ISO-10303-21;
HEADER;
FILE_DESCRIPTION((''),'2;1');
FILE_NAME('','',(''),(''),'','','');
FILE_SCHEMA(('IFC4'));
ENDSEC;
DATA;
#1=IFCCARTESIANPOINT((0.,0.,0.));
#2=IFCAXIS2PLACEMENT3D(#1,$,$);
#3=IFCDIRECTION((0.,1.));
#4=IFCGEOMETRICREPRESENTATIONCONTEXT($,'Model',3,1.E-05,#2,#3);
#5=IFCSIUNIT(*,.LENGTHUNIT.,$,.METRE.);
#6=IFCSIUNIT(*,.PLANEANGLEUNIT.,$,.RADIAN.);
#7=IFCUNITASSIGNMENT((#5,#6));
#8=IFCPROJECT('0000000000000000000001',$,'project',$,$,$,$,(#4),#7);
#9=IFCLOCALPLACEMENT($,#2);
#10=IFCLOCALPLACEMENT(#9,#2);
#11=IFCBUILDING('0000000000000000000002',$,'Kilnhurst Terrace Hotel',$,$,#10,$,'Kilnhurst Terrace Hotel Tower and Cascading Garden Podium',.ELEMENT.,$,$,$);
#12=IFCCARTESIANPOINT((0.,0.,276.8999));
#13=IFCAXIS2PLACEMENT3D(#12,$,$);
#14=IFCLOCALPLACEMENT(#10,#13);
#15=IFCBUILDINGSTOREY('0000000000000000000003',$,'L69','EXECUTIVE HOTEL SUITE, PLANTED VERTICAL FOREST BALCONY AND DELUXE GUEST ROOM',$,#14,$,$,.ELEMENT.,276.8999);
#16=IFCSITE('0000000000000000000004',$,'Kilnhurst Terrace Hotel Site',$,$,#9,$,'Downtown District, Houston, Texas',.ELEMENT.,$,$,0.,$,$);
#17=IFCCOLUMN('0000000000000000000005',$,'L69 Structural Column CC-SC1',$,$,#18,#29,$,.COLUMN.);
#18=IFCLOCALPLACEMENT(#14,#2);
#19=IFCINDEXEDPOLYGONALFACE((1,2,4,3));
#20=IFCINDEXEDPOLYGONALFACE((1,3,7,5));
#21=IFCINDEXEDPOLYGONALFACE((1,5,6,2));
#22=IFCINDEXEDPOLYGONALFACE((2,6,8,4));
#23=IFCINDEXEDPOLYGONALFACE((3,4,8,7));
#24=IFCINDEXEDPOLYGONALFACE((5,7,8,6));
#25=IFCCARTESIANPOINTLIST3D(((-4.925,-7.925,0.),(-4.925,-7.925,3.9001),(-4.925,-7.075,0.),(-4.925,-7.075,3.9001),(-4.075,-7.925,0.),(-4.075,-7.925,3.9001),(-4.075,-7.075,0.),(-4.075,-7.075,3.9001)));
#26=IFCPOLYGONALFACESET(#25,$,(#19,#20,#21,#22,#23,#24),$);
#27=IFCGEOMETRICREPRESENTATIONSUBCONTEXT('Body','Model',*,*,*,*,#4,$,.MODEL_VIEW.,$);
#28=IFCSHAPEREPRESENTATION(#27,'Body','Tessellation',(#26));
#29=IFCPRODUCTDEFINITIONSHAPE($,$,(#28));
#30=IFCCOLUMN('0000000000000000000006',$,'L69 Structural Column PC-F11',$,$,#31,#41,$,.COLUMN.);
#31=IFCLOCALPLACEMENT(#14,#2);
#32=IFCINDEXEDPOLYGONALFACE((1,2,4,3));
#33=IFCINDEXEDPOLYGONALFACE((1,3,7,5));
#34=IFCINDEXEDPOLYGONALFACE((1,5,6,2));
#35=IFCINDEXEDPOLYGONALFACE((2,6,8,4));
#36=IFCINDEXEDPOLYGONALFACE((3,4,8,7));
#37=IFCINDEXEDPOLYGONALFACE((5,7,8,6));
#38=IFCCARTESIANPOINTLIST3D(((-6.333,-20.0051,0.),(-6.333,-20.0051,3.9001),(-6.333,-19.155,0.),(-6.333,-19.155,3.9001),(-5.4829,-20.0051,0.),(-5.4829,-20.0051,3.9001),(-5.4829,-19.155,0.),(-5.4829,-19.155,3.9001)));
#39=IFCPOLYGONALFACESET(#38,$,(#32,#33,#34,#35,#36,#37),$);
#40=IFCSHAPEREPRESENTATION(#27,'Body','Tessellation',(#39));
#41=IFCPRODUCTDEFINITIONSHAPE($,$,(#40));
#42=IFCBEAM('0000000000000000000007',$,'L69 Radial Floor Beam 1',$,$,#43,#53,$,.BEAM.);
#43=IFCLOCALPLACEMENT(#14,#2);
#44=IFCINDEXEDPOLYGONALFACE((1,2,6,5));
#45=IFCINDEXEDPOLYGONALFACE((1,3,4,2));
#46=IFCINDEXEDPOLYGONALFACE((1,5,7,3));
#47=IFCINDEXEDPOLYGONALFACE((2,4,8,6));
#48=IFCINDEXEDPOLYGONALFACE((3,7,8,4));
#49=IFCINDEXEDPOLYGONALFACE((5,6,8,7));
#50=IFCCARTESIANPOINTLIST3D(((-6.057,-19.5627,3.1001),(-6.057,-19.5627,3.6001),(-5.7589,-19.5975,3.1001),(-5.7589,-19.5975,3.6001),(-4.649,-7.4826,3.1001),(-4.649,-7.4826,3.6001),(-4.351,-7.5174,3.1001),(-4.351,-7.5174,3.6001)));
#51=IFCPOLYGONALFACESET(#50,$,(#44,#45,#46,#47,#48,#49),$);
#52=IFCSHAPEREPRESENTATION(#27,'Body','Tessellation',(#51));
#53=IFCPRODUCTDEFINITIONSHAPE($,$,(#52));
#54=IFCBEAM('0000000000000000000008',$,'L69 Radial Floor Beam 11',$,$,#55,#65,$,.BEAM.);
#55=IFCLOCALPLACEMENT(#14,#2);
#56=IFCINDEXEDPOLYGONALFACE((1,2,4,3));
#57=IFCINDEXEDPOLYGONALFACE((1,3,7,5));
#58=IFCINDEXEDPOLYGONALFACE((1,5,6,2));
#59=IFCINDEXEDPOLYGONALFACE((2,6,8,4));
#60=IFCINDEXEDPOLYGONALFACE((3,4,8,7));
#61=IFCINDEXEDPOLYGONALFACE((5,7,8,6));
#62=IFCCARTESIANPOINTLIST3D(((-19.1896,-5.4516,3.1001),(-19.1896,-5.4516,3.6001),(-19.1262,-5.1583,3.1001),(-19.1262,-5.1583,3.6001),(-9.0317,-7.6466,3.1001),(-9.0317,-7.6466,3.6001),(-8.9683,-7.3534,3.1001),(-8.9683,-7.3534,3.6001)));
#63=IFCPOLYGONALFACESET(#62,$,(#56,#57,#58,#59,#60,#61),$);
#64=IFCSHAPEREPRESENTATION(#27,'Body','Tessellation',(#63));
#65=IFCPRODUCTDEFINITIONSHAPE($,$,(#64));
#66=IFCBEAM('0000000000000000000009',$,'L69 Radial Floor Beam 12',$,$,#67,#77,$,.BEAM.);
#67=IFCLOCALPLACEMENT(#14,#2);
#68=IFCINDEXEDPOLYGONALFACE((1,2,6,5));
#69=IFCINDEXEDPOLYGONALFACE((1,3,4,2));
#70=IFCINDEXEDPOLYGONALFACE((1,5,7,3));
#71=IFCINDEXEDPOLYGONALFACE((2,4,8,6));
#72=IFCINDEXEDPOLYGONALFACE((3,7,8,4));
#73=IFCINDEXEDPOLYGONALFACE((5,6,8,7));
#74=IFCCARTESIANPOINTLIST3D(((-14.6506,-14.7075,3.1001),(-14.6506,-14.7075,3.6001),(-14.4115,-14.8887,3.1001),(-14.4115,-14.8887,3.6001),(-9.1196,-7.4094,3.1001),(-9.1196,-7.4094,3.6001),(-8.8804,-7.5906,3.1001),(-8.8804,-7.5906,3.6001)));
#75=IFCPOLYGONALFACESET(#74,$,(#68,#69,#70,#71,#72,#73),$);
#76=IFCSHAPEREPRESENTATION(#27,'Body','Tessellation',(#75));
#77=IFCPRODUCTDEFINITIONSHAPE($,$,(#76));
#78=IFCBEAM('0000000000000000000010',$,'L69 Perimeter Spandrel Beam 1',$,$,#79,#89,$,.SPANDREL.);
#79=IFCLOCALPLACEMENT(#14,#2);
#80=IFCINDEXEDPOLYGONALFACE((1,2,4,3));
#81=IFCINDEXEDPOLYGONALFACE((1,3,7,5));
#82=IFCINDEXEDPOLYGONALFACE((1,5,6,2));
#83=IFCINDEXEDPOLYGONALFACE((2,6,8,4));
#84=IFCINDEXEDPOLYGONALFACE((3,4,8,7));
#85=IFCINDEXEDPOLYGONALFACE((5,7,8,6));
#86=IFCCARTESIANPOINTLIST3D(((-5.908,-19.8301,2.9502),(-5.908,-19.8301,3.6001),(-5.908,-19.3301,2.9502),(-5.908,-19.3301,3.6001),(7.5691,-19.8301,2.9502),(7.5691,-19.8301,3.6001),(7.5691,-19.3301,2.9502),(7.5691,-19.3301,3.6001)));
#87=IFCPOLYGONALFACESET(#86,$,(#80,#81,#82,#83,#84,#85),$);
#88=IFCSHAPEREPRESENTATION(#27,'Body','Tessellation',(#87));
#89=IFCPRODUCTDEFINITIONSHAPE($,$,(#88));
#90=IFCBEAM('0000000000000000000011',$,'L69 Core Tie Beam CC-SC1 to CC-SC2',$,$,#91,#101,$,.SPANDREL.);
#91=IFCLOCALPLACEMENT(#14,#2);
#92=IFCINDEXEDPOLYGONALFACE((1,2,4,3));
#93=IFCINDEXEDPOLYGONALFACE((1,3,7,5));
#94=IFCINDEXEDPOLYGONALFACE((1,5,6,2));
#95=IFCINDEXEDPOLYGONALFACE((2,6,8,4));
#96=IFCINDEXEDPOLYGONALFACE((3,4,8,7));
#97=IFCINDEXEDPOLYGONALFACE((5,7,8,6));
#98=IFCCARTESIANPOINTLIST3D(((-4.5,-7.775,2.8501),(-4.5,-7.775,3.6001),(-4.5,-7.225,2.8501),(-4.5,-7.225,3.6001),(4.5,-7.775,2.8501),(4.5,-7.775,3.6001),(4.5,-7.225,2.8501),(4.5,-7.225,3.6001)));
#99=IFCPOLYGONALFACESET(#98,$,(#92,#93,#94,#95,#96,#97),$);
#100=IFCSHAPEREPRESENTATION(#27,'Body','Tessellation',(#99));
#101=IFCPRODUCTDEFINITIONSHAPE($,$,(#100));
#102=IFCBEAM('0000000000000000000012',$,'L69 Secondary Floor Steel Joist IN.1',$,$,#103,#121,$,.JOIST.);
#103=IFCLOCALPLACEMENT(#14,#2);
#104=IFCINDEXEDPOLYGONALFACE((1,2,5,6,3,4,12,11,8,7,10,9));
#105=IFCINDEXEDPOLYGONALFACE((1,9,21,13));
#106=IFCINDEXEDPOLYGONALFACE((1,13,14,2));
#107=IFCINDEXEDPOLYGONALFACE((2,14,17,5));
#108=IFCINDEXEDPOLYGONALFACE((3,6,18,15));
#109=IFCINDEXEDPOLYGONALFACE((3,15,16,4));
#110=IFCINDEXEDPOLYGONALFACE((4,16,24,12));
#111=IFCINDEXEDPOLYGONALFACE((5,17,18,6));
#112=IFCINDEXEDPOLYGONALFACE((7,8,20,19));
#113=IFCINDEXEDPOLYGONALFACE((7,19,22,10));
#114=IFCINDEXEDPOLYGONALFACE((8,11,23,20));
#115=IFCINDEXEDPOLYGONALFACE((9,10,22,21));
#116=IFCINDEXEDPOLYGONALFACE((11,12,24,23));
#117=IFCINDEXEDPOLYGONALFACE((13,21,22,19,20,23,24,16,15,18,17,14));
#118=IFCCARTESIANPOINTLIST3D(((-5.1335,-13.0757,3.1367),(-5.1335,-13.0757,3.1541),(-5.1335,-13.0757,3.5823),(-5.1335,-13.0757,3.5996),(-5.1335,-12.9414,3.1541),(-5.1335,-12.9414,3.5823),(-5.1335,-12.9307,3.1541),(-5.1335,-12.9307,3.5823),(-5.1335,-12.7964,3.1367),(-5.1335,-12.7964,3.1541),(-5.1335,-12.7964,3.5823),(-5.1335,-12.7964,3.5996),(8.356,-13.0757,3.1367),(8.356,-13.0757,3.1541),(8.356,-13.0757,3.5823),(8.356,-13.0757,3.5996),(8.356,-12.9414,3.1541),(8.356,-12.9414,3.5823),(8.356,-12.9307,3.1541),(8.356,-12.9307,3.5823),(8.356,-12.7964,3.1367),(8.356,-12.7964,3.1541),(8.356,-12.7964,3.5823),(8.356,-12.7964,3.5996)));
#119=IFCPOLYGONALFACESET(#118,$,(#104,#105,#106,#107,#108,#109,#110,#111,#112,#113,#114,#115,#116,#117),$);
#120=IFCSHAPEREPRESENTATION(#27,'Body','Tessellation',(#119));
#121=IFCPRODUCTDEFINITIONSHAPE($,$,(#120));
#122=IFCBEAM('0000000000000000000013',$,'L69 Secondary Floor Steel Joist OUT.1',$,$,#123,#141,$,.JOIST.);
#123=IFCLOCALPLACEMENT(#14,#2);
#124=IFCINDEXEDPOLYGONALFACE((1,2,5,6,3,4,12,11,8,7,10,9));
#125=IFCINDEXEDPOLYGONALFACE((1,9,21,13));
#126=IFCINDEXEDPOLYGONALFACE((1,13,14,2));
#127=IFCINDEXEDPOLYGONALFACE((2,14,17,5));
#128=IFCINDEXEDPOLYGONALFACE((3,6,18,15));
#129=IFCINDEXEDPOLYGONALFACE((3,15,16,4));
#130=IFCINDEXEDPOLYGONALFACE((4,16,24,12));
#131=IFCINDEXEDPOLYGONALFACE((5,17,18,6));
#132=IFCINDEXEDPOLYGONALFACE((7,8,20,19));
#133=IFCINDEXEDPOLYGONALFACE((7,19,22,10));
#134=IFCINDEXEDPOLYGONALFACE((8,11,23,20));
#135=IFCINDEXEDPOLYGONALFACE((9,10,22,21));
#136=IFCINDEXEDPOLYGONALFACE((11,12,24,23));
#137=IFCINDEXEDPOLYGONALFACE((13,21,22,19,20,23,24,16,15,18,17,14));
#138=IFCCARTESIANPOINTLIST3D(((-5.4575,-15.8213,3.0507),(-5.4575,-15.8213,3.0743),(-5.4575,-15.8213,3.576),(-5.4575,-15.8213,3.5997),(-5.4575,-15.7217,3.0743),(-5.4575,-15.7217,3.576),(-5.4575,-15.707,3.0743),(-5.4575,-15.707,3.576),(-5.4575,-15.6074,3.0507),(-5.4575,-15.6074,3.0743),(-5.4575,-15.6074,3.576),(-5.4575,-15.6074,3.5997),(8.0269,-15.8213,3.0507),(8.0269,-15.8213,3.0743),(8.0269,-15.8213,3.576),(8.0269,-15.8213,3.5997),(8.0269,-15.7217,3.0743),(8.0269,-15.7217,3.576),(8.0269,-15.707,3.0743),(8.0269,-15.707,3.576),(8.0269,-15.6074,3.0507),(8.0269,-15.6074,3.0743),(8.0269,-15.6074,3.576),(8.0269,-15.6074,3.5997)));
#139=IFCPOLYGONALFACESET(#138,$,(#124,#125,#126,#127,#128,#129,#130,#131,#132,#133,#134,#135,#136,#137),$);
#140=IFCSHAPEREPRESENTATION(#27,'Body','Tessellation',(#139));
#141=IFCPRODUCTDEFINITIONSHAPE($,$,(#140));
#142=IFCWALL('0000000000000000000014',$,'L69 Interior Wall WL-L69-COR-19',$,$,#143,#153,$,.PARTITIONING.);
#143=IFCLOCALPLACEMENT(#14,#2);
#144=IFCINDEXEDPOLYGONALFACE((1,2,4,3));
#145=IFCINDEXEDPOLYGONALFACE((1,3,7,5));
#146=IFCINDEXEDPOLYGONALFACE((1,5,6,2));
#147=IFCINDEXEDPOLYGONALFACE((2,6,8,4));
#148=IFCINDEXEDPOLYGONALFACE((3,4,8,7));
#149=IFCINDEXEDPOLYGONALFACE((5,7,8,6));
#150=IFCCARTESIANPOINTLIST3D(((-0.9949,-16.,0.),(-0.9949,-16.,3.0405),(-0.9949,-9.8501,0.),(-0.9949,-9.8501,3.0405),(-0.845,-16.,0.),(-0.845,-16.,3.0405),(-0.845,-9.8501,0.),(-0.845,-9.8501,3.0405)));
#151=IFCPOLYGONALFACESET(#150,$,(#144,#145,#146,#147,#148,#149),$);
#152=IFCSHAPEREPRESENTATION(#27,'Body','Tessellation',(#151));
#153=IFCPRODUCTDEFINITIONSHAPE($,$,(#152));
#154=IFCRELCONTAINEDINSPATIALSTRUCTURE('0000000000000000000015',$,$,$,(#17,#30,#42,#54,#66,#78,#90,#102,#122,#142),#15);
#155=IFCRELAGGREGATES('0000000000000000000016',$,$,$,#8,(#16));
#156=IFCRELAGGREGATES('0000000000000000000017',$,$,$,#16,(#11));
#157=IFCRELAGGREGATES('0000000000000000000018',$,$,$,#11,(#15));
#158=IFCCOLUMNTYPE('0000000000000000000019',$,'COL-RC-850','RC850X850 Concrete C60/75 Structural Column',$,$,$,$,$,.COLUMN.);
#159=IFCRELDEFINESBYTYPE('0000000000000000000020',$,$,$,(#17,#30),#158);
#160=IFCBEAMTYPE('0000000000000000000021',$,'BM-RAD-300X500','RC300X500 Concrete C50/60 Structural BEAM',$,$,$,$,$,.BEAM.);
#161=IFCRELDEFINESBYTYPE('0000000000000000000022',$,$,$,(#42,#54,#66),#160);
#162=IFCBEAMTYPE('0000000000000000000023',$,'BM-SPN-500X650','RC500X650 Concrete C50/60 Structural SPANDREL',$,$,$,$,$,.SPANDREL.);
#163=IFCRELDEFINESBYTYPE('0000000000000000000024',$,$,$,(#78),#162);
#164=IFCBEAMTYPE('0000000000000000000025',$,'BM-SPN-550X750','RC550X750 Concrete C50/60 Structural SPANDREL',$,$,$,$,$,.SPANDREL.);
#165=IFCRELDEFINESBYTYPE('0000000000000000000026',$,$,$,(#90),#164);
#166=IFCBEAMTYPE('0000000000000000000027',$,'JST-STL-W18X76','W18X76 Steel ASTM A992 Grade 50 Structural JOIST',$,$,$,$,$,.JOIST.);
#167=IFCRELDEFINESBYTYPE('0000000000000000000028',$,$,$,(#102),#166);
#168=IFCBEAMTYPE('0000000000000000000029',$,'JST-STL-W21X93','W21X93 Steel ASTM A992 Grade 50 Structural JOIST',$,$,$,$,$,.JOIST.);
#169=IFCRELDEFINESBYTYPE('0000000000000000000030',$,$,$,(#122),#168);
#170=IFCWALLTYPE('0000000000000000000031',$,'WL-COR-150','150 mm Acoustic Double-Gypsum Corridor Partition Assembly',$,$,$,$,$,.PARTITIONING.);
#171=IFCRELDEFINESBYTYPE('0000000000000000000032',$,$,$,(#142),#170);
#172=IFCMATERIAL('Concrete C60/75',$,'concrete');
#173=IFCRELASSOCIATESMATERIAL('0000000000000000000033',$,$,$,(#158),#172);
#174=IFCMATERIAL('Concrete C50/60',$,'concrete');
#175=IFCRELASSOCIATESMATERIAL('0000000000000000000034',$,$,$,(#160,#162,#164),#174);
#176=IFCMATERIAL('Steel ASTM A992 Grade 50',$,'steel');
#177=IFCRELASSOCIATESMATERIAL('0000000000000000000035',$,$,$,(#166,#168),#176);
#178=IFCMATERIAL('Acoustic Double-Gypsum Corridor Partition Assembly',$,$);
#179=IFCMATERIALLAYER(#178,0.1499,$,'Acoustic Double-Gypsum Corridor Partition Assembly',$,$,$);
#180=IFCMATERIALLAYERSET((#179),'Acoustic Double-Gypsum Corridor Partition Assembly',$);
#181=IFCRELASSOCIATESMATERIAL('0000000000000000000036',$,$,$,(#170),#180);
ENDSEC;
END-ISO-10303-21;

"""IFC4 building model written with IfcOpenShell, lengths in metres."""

from ifc_helpers import new_model, si_unit, direction, frame, frame_2d, origin, origin_2d, place, context, subcontext, project, spatial, rectangle, i_section, extrude, material, layer, layer_set, material_profile, profile_set, type_object, element, save


model = new_model("IFC4")

# Units and contexts
model_context = context("Model", 3, precision=1e-05, world=origin(), true_north=direction((0.0, 1.0)))
body_context = subcontext(model_context, "Body", "Model", "MODEL_VIEW")
ifc_project = project(units=[si_unit("LENGTHUNIT", "METRE"), si_unit("PLANEANGLEUNIT", "RADIAN")], contexts=[model_context])

# Site, building, storey
site_placement = place(None, origin())
site = spatial("IfcSite", under=ifc_project, at=site_placement, Name="Kilnhurst Terrace Hotel Site", LongName="Downtown District, Houston, Texas", CompositionType="ELEMENT", RefElevation=0.0)
building_placement = place(site_placement, origin())
building = spatial("IfcBuilding", under=site, at=building_placement, Name="Kilnhurst Terrace Hotel", LongName="Kilnhurst Terrace Hotel Tower and Cascading Garden Podium", CompositionType="ELEMENT")
storey_placement = place(building_placement, frame((0.0, 0.0, 276.8999)))
storey = spatial("IfcBuildingStorey", under=building, at=storey_placement, Name="L69", Description="EXECUTIVE HOTEL SUITE, PLANTED VERTICAL FOREST BALCONY AND DELUXE GUEST ROOM", CompositionType="ELEMENT", Elevation=276.8999)

# Columns
ifc_material_1 = material(Name="Concrete C60/75", Category="concrete")
ifc_material_profile_1 = material_profile(ifc_material_1, rectangle(XDim=0.8501, YDim=0.8501, at=origin_2d()), Name="RC850X850")
ifc_profile_set_1 = profile_set([ifc_material_profile_1], Name="Concrete C60/75")
column_type = type_object("IfcColumnType", Name="COL-RC-850", Description="RC850X850 Concrete C60/75 Structural Column", PredefinedType="COLUMN", material=ifc_profile_set_1)
for number, where, z_axis, x_axis, name in (
    (1, (-4.5, -7.5, 0.0), (0.0, 0.0, 1.0), (1.0, 0.0, 0.0), "L69 Structural Column CC-SC1"),
    (2, (-5.908, -19.5801, 0.0), (0.0, 0.0, 1.0), (1.0, 0.0, 0.0), "L69 Structural Column PC-F11"),
):
    element("IfcColumn", number, at=place(storey_placement, frame(where, z_axis=z_axis, x_axis=x_axis)), inside=storey, type_object=column_type, Name=name, PredefinedType="COLUMN", context=body_context, shape_type="SweptSolid", body=[
        extrude(rectangle(XDim=0.8501, YDim=0.8501, at=origin_2d()), origin(), (0.0, 0.0, 1.0), 3.9001),
    ])

# Beams
ifc_material_2 = material(Name="Concrete C50/60", Category="concrete")
ifc_material_profile_2 = material_profile(ifc_material_2, rectangle(XDim=0.3, YDim=0.5, at=origin_2d()), Name="RC300X500")
ifc_profile_set_2 = profile_set([ifc_material_profile_2], Name="Concrete C50/60")
beam_type_1 = type_object("IfcBeamType", Name="BM-RAD-300X500", Description="RC300X500 Concrete C50/60 Structural BEAM", PredefinedType="BEAM", material=ifc_profile_set_2)
beam_1_placement = place(storey_placement, frame((-4.5, -7.5, 3.3501), z_axis=(-0.115768, -0.993276, 0.0), x_axis=(0.993276, -0.115768, 0.0)))
element("IfcBeam", 3, at=beam_1_placement, inside=storey, type_object=beam_type_1, Name="L69 Radial Floor Beam 1", PredefinedType="BEAM", context=body_context, shape_type="SweptSolid", body=[
    extrude(rectangle(XDim=0.3, YDim=0.5, at=origin_2d()), origin(), (0.0, 0.0, 1.0), 12.1619),
])
beam_2_placement = place(storey_placement, frame((-9.0, -7.5, 3.3501), z_axis=(-0.977439, 0.211218, 0.0), x_axis=(-0.211218, -0.977439, 0.0)))
element("IfcBeam", 4, at=beam_2_placement, inside=storey, type_object=beam_type_1, Name="L69 Radial Floor Beam 11", PredefinedType="BEAM", context=body_context, shape_type="SweptSolid", body=[
    extrude(rectangle(XDim=0.3, YDim=0.5, at=origin_2d()), origin(), (0.0, 0.0, 1.0), 10.3923),
])
beam_3_placement = place(storey_placement, frame((-9.0, -7.5, 3.3501), z_axis=(-0.604007, -0.796979, 0.0), x_axis=(0.796979, -0.604007, 0.0)))
element("IfcBeam", 5, at=beam_3_placement, inside=storey, type_object=beam_type_1, Name="L69 Radial Floor Beam 12", PredefinedType="BEAM", context=body_context, shape_type="SweptSolid", body=[
    extrude(rectangle(XDim=0.3, YDim=0.5, at=origin_2d()), origin(), (0.0, 0.0, 1.0), 9.1572),
])
ifc_material_profile_3 = material_profile(ifc_material_2, rectangle(XDim=0.5, YDim=0.6499, at=origin_2d()), Name="RC500X650")
ifc_profile_set_3 = profile_set([ifc_material_profile_3], Name="Concrete C50/60")
beam_type_2 = type_object("IfcBeamType", Name="BM-SPN-500X650", Description="RC500X650 Concrete C50/60 Structural SPANDREL", PredefinedType="SPANDREL", material=ifc_profile_set_3)
beam_4_placement = place(storey_placement, frame((-5.908, -19.5801, 3.2751), z_axis=(1.0, 0.0, 0.0), x_axis=(0.0, 1.0, 0.0)))
element("IfcBeam", 6, at=beam_4_placement, inside=storey, type_object=beam_type_2, Name="L69 Perimeter Spandrel Beam 1", PredefinedType="SPANDREL", context=body_context, shape_type="SweptSolid", body=[
    extrude(rectangle(XDim=0.5, YDim=0.6499, at=origin_2d()), origin(), (0.0, 0.0, 1.0), 13.4771),
])
ifc_material_profile_4 = material_profile(ifc_material_2, rectangle(XDim=0.55, YDim=0.75, at=origin_2d()), Name="RC550X750")
ifc_profile_set_4 = profile_set([ifc_material_profile_4], Name="Concrete C50/60")
beam_type_3 = type_object("IfcBeamType", Name="BM-SPN-550X750", Description="RC550X750 Concrete C50/60 Structural SPANDREL", PredefinedType="SPANDREL", material=ifc_profile_set_4)
beam_5_placement = place(storey_placement, frame((-4.5, -7.5, 3.2251), z_axis=(1.0, 0.0, 0.0), x_axis=(0.0, 1.0, 0.0)))
element("IfcBeam", 7, at=beam_5_placement, inside=storey, type_object=beam_type_3, Name="L69 Core Tie Beam CC-SC1 to CC-SC2", PredefinedType="SPANDREL", context=body_context, shape_type="SweptSolid", body=[
    extrude(rectangle(XDim=0.55, YDim=0.75, at=origin_2d()), origin(), (0.0, 0.0, 1.0), 9.0),
])
ifc_material_3 = material(Name="Steel ASTM A992 Grade 50", Category="steel")
ifc_material_profile_5 = material_profile(ifc_material_3, i_section(OverallWidth=0.2793, OverallDepth=0.4629, WebThickness=0.0107, FlangeThickness=0.0173, at=origin_2d()), Name="W18X76")
ifc_profile_set_5 = profile_set([ifc_material_profile_5], Name="Steel ASTM A992 Grade 50")
beam_type_4 = type_object("IfcBeamType", Name="JST-STL-W18X76", Description="W18X76 Steel ASTM A992 Grade 50 Structural JOIST", PredefinedType="JOIST", material=ifc_profile_set_5)
beam_6_placement = place(storey_placement, frame((-5.1335, -12.936, 3.3682), z_axis=(1.0, 0.0, 0.0), x_axis=(0.0, 1.0, 0.0)))
element("IfcBeam", 8, at=beam_6_placement, inside=storey, type_object=beam_type_4, Name="L69 Secondary Floor Steel Joist IN.1", PredefinedType="JOIST", context=body_context, shape_type="SweptSolid", body=[
    extrude(i_section(OverallWidth=0.2793, OverallDepth=0.4629, WebThickness=0.0107, FlangeThickness=0.0173, at=origin_2d()), origin(), (0.0, 0.0, 1.0), 13.4895),
])
ifc_material_profile_6 = material_profile(ifc_material_3, i_section(OverallWidth=0.2139, OverallDepth=0.5491, WebThickness=0.0146, FlangeThickness=0.0237, at=origin_2d()), Name="W21X93")
ifc_profile_set_6 = profile_set([ifc_material_profile_6], Name="Steel ASTM A992 Grade 50")
beam_type_5 = type_object("IfcBeamType", Name="JST-STL-W21X93", Description="W21X93 Steel ASTM A992 Grade 50 Structural JOIST", PredefinedType="JOIST", material=ifc_profile_set_6)
beam_7_placement = place(storey_placement, frame((-5.4575, -15.7144, 3.3252), z_axis=(1.0, 0.0, 0.0), x_axis=(0.0, 1.0, 0.0)))
element("IfcBeam", 9, at=beam_7_placement, inside=storey, type_object=beam_type_5, Name="L69 Secondary Floor Steel Joist OUT.1", PredefinedType="JOIST", context=body_context, shape_type="SweptSolid", body=[
    extrude(i_section(OverallWidth=0.2139, OverallDepth=0.5491, WebThickness=0.0146, FlangeThickness=0.0237, at=origin_2d()), origin(), (0.0, 0.0, 1.0), 13.4844),
])

# Wall
ifc_material_4 = material(Name="Acoustic Double-Gypsum Corridor Partition Assembly")
ifc_layer_1 = layer(ifc_material_4, 0.1499, Name="Acoustic Double-Gypsum Corridor Partition Assembly")
ifc_layer_set_1 = layer_set([ifc_layer_1], Name="Acoustic Double-Gypsum Corridor Partition Assembly")
wall_type_1 = type_object("IfcWallType", Name="WL-COR-150", Description="150 mm Acoustic Double-Gypsum Corridor Partition Assembly", PredefinedType="PARTITIONING", material=ifc_layer_set_1)
wall_1_placement = place(storey_placement, frame((-0.9199, -16.0, 0.0), z_axis=(0.0, 0.0, 1.0), x_axis=(0.0, 1.0, 0.0)))
element("IfcWall", 10, at=wall_1_placement, inside=storey, type_object=wall_type_1, Name="L69 Interior Wall WL-L69-COR-19", PredefinedType="PARTITIONING", context=body_context, shape_type="SweptSolid", body=[
    extrude(rectangle(XDim=6.1499, YDim=0.1499, at=frame_2d((3.075, 0.0))), origin(), (0.0, 0.0, 1.0), 3.0405),
])

save(model, "model.ifc")
